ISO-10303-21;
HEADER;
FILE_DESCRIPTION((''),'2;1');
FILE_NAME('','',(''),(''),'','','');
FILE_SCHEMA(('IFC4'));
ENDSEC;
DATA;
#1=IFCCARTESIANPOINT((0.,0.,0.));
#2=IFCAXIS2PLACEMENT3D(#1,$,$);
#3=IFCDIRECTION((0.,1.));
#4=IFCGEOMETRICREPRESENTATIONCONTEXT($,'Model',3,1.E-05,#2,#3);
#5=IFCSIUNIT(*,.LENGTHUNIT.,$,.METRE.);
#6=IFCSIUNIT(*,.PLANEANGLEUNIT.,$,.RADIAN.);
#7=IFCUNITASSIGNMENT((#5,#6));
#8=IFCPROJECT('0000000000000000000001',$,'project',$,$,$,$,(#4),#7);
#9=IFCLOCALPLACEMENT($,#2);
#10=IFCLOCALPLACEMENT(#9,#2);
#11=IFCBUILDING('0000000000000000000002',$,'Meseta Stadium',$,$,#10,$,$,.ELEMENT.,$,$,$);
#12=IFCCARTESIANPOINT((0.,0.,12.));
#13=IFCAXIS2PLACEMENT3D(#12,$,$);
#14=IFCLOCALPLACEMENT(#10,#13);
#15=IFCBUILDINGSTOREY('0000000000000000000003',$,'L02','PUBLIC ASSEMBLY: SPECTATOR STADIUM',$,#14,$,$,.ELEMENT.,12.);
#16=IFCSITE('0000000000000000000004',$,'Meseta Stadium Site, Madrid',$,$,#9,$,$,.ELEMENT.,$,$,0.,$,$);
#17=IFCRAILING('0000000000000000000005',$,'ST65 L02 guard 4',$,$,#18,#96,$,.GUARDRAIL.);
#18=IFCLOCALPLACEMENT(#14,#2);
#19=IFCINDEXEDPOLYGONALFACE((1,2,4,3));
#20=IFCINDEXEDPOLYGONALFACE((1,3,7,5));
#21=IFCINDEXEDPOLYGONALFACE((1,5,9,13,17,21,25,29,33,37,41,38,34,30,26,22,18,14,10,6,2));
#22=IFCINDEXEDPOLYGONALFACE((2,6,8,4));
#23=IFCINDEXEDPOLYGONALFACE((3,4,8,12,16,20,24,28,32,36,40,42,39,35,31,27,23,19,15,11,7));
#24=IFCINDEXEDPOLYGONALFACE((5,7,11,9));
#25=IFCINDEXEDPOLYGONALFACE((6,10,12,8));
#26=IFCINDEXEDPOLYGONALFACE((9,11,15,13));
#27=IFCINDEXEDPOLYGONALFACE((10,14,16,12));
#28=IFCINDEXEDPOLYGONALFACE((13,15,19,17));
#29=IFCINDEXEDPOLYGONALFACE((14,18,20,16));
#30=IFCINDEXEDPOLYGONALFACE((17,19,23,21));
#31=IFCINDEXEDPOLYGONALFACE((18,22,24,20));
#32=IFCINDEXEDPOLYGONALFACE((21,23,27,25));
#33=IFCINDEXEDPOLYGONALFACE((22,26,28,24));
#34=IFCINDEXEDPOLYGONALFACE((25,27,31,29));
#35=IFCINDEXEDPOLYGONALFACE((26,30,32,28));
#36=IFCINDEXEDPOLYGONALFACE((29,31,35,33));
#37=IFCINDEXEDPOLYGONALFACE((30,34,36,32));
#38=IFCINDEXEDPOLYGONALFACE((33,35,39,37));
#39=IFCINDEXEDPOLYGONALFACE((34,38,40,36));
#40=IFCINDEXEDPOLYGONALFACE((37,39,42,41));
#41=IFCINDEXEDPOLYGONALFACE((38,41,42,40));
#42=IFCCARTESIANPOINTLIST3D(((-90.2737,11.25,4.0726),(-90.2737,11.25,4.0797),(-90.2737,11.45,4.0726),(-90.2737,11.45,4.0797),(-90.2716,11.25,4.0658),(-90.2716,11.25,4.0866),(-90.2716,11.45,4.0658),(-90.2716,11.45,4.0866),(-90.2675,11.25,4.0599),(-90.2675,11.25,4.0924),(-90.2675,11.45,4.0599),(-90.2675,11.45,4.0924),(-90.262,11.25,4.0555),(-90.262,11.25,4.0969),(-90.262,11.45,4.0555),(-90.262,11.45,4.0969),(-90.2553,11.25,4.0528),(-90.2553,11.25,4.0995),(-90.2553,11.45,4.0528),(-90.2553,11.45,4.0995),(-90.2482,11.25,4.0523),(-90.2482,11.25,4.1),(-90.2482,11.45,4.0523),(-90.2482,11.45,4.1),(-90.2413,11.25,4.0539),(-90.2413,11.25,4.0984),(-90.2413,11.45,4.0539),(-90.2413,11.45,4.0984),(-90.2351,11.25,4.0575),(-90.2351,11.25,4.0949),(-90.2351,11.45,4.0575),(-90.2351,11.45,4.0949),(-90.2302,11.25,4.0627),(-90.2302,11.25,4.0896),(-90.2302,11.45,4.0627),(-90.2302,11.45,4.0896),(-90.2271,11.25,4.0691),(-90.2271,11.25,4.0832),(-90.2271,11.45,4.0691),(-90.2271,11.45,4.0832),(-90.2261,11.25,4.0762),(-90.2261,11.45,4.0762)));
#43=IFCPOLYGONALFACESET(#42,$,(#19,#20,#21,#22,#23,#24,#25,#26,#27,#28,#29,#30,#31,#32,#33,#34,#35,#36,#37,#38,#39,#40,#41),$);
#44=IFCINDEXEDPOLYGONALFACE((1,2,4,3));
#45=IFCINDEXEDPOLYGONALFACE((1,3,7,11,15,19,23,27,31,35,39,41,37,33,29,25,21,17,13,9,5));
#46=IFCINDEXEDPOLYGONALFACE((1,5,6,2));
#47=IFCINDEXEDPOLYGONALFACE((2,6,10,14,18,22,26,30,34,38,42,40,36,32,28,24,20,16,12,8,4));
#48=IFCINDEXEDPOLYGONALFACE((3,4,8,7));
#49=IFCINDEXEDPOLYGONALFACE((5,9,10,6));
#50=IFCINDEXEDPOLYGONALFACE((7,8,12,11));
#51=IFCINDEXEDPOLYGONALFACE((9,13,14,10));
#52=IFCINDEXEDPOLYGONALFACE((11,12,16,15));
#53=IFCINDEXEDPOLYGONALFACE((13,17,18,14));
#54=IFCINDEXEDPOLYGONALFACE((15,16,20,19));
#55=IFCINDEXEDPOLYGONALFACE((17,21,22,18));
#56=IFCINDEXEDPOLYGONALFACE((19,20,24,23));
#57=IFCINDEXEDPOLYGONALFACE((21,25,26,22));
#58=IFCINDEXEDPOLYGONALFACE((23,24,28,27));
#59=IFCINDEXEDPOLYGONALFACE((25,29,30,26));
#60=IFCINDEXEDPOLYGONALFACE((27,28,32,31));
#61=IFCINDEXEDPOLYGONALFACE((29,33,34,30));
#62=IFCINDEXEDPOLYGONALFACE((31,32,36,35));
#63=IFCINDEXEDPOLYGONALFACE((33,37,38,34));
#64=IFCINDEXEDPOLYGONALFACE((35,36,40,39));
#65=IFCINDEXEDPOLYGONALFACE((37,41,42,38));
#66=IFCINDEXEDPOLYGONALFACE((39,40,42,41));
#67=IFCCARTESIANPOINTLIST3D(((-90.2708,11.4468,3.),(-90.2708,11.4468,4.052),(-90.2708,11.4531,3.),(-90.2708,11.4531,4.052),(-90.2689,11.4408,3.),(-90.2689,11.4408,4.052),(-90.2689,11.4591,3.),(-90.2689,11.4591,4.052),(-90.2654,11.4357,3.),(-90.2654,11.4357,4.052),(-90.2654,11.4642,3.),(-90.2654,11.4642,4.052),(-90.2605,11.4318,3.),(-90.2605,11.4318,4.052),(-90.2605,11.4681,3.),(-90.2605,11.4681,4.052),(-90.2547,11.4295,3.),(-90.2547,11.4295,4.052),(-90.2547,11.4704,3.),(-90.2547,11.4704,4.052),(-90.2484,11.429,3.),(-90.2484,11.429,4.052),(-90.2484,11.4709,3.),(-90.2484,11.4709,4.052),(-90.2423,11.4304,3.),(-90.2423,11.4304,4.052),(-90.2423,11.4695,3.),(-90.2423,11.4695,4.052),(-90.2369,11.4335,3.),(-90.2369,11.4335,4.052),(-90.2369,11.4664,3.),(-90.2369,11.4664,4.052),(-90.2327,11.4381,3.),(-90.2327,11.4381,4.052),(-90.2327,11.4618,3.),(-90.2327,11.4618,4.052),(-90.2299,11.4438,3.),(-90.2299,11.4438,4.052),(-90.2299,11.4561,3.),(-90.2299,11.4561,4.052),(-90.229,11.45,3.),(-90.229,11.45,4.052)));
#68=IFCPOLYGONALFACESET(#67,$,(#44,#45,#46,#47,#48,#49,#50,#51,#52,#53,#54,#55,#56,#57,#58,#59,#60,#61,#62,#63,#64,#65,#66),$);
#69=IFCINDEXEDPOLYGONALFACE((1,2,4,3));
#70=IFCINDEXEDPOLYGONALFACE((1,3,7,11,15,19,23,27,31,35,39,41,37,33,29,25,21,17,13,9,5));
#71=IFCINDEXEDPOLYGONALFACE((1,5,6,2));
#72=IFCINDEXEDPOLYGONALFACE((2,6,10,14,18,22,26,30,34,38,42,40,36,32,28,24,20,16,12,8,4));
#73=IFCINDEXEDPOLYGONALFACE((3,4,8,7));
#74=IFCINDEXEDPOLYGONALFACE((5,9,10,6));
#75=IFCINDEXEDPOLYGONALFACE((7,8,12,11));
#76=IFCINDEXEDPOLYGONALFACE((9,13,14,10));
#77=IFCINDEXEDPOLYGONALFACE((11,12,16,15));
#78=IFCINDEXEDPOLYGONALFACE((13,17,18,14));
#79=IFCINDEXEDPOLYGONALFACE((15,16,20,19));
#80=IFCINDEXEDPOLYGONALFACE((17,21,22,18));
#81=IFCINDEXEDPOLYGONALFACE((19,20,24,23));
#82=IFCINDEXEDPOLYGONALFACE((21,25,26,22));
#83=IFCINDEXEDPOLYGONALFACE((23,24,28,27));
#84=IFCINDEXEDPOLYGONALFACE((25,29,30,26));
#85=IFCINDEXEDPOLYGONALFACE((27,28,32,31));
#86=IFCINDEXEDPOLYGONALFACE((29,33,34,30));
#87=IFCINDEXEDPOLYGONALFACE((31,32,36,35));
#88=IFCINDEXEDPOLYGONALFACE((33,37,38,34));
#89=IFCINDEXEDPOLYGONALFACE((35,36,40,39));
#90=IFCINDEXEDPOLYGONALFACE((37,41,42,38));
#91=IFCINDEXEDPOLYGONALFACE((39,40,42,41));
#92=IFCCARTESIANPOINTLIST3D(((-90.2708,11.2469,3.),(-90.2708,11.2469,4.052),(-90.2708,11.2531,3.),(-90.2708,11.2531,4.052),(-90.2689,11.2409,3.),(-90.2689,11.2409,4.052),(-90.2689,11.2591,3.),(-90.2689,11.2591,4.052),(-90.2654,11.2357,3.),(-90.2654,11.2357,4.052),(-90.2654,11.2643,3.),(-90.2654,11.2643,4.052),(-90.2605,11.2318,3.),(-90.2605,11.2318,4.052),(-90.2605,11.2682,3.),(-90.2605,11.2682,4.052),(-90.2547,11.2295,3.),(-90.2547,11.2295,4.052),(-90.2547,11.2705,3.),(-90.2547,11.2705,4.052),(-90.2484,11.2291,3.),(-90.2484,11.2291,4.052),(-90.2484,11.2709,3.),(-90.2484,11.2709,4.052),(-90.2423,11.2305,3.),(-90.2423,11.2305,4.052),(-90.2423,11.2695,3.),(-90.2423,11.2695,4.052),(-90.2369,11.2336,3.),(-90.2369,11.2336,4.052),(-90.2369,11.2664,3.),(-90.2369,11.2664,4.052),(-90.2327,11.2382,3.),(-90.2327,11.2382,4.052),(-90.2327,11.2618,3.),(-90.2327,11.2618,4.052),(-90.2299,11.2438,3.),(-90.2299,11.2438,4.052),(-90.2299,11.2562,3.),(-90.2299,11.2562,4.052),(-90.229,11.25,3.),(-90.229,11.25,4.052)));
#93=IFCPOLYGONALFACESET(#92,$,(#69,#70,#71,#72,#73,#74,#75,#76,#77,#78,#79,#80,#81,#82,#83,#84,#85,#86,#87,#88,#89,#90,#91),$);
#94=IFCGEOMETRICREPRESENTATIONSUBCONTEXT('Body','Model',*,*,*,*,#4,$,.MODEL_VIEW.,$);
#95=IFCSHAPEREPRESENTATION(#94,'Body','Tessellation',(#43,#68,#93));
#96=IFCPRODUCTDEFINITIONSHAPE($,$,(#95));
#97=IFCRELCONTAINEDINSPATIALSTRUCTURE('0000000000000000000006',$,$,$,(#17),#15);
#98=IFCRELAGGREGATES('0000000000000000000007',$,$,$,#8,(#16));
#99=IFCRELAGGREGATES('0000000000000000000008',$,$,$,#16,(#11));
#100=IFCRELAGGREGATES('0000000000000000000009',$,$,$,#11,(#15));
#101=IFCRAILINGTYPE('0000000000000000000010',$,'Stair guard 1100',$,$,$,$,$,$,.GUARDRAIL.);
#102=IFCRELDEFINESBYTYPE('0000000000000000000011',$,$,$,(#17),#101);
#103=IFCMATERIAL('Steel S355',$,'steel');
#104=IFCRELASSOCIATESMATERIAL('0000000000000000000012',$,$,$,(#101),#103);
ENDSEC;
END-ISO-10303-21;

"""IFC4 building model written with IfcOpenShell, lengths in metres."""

from ifc_helpers import new_model, si_unit, direction, frame, origin, origin_2d, place, context, subcontext, project, spatial, circle, extrude, material, type_object, element, save


model = new_model("IFC4")

# Units and contexts
model_context = context("Model", 3, precision=1e-05, world=origin(), true_north=direction((0.0, 1.0)))
body_context = subcontext(model_context, "Body", "Model", "MODEL_VIEW")
ifc_project = project(units=[si_unit("LENGTHUNIT", "METRE"), si_unit("PLANEANGLEUNIT", "RADIAN")], contexts=[model_context])

# Site, building, storey
site_placement = place(None, origin())
site = spatial("IfcSite", under=ifc_project, at=site_placement, Name="Meseta Stadium Site, Madrid", CompositionType="ELEMENT", RefElevation=0.0)
building_placement = place(site_placement, origin())
building = spatial("IfcBuilding", under=site, at=building_placement, Name="Meseta Stadium", CompositionType="ELEMENT")
storey_placement = place(building_placement, frame((0.0, 0.0, 12.0)))
storey = spatial("IfcBuildingStorey", under=building, at=storey_placement, Name="L02", Description="PUBLIC ASSEMBLY: SPECTATOR STADIUM", CompositionType="ELEMENT", Elevation=12.0)

# Railing
ifc_material_1 = material(Name="Steel S355", Category="steel")
railing_type_1 = type_object("IfcRailingType", Name="Stair guard 1100", PredefinedType="GUARDRAIL", material=ifc_material_1)
railing_1_placement = place(storey_placement, frame((-90.25, 11.45, 3.0)))
element("IfcRailing", 1, at=railing_1_placement, inside=storey, type_object=railing_type_1, Name="ST65 L02 guard 4", PredefinedType="GUARDRAIL", context=body_context, shape_type="SweptSolid", body=[
    extrude(circle(Radius=0.0239, at=origin_2d()), frame((0.0, 0.0, 1.0762), z_axis=(0.0, -1.0, 0.0), x_axis=(1.0, 0.0, 0.0)), (0.0, 0.0, 1.0), 0.2),
    extrude(circle(Radius=0.021, at=origin_2d()), origin(), (0.0, 0.0, 1.0), 1.052),
    extrude(circle(Radius=0.021, at=origin_2d()), frame((0.0, -0.2, 0.0)), (0.0, 0.0, 1.0), 1.052),
])

save(model, "model.ifc")
